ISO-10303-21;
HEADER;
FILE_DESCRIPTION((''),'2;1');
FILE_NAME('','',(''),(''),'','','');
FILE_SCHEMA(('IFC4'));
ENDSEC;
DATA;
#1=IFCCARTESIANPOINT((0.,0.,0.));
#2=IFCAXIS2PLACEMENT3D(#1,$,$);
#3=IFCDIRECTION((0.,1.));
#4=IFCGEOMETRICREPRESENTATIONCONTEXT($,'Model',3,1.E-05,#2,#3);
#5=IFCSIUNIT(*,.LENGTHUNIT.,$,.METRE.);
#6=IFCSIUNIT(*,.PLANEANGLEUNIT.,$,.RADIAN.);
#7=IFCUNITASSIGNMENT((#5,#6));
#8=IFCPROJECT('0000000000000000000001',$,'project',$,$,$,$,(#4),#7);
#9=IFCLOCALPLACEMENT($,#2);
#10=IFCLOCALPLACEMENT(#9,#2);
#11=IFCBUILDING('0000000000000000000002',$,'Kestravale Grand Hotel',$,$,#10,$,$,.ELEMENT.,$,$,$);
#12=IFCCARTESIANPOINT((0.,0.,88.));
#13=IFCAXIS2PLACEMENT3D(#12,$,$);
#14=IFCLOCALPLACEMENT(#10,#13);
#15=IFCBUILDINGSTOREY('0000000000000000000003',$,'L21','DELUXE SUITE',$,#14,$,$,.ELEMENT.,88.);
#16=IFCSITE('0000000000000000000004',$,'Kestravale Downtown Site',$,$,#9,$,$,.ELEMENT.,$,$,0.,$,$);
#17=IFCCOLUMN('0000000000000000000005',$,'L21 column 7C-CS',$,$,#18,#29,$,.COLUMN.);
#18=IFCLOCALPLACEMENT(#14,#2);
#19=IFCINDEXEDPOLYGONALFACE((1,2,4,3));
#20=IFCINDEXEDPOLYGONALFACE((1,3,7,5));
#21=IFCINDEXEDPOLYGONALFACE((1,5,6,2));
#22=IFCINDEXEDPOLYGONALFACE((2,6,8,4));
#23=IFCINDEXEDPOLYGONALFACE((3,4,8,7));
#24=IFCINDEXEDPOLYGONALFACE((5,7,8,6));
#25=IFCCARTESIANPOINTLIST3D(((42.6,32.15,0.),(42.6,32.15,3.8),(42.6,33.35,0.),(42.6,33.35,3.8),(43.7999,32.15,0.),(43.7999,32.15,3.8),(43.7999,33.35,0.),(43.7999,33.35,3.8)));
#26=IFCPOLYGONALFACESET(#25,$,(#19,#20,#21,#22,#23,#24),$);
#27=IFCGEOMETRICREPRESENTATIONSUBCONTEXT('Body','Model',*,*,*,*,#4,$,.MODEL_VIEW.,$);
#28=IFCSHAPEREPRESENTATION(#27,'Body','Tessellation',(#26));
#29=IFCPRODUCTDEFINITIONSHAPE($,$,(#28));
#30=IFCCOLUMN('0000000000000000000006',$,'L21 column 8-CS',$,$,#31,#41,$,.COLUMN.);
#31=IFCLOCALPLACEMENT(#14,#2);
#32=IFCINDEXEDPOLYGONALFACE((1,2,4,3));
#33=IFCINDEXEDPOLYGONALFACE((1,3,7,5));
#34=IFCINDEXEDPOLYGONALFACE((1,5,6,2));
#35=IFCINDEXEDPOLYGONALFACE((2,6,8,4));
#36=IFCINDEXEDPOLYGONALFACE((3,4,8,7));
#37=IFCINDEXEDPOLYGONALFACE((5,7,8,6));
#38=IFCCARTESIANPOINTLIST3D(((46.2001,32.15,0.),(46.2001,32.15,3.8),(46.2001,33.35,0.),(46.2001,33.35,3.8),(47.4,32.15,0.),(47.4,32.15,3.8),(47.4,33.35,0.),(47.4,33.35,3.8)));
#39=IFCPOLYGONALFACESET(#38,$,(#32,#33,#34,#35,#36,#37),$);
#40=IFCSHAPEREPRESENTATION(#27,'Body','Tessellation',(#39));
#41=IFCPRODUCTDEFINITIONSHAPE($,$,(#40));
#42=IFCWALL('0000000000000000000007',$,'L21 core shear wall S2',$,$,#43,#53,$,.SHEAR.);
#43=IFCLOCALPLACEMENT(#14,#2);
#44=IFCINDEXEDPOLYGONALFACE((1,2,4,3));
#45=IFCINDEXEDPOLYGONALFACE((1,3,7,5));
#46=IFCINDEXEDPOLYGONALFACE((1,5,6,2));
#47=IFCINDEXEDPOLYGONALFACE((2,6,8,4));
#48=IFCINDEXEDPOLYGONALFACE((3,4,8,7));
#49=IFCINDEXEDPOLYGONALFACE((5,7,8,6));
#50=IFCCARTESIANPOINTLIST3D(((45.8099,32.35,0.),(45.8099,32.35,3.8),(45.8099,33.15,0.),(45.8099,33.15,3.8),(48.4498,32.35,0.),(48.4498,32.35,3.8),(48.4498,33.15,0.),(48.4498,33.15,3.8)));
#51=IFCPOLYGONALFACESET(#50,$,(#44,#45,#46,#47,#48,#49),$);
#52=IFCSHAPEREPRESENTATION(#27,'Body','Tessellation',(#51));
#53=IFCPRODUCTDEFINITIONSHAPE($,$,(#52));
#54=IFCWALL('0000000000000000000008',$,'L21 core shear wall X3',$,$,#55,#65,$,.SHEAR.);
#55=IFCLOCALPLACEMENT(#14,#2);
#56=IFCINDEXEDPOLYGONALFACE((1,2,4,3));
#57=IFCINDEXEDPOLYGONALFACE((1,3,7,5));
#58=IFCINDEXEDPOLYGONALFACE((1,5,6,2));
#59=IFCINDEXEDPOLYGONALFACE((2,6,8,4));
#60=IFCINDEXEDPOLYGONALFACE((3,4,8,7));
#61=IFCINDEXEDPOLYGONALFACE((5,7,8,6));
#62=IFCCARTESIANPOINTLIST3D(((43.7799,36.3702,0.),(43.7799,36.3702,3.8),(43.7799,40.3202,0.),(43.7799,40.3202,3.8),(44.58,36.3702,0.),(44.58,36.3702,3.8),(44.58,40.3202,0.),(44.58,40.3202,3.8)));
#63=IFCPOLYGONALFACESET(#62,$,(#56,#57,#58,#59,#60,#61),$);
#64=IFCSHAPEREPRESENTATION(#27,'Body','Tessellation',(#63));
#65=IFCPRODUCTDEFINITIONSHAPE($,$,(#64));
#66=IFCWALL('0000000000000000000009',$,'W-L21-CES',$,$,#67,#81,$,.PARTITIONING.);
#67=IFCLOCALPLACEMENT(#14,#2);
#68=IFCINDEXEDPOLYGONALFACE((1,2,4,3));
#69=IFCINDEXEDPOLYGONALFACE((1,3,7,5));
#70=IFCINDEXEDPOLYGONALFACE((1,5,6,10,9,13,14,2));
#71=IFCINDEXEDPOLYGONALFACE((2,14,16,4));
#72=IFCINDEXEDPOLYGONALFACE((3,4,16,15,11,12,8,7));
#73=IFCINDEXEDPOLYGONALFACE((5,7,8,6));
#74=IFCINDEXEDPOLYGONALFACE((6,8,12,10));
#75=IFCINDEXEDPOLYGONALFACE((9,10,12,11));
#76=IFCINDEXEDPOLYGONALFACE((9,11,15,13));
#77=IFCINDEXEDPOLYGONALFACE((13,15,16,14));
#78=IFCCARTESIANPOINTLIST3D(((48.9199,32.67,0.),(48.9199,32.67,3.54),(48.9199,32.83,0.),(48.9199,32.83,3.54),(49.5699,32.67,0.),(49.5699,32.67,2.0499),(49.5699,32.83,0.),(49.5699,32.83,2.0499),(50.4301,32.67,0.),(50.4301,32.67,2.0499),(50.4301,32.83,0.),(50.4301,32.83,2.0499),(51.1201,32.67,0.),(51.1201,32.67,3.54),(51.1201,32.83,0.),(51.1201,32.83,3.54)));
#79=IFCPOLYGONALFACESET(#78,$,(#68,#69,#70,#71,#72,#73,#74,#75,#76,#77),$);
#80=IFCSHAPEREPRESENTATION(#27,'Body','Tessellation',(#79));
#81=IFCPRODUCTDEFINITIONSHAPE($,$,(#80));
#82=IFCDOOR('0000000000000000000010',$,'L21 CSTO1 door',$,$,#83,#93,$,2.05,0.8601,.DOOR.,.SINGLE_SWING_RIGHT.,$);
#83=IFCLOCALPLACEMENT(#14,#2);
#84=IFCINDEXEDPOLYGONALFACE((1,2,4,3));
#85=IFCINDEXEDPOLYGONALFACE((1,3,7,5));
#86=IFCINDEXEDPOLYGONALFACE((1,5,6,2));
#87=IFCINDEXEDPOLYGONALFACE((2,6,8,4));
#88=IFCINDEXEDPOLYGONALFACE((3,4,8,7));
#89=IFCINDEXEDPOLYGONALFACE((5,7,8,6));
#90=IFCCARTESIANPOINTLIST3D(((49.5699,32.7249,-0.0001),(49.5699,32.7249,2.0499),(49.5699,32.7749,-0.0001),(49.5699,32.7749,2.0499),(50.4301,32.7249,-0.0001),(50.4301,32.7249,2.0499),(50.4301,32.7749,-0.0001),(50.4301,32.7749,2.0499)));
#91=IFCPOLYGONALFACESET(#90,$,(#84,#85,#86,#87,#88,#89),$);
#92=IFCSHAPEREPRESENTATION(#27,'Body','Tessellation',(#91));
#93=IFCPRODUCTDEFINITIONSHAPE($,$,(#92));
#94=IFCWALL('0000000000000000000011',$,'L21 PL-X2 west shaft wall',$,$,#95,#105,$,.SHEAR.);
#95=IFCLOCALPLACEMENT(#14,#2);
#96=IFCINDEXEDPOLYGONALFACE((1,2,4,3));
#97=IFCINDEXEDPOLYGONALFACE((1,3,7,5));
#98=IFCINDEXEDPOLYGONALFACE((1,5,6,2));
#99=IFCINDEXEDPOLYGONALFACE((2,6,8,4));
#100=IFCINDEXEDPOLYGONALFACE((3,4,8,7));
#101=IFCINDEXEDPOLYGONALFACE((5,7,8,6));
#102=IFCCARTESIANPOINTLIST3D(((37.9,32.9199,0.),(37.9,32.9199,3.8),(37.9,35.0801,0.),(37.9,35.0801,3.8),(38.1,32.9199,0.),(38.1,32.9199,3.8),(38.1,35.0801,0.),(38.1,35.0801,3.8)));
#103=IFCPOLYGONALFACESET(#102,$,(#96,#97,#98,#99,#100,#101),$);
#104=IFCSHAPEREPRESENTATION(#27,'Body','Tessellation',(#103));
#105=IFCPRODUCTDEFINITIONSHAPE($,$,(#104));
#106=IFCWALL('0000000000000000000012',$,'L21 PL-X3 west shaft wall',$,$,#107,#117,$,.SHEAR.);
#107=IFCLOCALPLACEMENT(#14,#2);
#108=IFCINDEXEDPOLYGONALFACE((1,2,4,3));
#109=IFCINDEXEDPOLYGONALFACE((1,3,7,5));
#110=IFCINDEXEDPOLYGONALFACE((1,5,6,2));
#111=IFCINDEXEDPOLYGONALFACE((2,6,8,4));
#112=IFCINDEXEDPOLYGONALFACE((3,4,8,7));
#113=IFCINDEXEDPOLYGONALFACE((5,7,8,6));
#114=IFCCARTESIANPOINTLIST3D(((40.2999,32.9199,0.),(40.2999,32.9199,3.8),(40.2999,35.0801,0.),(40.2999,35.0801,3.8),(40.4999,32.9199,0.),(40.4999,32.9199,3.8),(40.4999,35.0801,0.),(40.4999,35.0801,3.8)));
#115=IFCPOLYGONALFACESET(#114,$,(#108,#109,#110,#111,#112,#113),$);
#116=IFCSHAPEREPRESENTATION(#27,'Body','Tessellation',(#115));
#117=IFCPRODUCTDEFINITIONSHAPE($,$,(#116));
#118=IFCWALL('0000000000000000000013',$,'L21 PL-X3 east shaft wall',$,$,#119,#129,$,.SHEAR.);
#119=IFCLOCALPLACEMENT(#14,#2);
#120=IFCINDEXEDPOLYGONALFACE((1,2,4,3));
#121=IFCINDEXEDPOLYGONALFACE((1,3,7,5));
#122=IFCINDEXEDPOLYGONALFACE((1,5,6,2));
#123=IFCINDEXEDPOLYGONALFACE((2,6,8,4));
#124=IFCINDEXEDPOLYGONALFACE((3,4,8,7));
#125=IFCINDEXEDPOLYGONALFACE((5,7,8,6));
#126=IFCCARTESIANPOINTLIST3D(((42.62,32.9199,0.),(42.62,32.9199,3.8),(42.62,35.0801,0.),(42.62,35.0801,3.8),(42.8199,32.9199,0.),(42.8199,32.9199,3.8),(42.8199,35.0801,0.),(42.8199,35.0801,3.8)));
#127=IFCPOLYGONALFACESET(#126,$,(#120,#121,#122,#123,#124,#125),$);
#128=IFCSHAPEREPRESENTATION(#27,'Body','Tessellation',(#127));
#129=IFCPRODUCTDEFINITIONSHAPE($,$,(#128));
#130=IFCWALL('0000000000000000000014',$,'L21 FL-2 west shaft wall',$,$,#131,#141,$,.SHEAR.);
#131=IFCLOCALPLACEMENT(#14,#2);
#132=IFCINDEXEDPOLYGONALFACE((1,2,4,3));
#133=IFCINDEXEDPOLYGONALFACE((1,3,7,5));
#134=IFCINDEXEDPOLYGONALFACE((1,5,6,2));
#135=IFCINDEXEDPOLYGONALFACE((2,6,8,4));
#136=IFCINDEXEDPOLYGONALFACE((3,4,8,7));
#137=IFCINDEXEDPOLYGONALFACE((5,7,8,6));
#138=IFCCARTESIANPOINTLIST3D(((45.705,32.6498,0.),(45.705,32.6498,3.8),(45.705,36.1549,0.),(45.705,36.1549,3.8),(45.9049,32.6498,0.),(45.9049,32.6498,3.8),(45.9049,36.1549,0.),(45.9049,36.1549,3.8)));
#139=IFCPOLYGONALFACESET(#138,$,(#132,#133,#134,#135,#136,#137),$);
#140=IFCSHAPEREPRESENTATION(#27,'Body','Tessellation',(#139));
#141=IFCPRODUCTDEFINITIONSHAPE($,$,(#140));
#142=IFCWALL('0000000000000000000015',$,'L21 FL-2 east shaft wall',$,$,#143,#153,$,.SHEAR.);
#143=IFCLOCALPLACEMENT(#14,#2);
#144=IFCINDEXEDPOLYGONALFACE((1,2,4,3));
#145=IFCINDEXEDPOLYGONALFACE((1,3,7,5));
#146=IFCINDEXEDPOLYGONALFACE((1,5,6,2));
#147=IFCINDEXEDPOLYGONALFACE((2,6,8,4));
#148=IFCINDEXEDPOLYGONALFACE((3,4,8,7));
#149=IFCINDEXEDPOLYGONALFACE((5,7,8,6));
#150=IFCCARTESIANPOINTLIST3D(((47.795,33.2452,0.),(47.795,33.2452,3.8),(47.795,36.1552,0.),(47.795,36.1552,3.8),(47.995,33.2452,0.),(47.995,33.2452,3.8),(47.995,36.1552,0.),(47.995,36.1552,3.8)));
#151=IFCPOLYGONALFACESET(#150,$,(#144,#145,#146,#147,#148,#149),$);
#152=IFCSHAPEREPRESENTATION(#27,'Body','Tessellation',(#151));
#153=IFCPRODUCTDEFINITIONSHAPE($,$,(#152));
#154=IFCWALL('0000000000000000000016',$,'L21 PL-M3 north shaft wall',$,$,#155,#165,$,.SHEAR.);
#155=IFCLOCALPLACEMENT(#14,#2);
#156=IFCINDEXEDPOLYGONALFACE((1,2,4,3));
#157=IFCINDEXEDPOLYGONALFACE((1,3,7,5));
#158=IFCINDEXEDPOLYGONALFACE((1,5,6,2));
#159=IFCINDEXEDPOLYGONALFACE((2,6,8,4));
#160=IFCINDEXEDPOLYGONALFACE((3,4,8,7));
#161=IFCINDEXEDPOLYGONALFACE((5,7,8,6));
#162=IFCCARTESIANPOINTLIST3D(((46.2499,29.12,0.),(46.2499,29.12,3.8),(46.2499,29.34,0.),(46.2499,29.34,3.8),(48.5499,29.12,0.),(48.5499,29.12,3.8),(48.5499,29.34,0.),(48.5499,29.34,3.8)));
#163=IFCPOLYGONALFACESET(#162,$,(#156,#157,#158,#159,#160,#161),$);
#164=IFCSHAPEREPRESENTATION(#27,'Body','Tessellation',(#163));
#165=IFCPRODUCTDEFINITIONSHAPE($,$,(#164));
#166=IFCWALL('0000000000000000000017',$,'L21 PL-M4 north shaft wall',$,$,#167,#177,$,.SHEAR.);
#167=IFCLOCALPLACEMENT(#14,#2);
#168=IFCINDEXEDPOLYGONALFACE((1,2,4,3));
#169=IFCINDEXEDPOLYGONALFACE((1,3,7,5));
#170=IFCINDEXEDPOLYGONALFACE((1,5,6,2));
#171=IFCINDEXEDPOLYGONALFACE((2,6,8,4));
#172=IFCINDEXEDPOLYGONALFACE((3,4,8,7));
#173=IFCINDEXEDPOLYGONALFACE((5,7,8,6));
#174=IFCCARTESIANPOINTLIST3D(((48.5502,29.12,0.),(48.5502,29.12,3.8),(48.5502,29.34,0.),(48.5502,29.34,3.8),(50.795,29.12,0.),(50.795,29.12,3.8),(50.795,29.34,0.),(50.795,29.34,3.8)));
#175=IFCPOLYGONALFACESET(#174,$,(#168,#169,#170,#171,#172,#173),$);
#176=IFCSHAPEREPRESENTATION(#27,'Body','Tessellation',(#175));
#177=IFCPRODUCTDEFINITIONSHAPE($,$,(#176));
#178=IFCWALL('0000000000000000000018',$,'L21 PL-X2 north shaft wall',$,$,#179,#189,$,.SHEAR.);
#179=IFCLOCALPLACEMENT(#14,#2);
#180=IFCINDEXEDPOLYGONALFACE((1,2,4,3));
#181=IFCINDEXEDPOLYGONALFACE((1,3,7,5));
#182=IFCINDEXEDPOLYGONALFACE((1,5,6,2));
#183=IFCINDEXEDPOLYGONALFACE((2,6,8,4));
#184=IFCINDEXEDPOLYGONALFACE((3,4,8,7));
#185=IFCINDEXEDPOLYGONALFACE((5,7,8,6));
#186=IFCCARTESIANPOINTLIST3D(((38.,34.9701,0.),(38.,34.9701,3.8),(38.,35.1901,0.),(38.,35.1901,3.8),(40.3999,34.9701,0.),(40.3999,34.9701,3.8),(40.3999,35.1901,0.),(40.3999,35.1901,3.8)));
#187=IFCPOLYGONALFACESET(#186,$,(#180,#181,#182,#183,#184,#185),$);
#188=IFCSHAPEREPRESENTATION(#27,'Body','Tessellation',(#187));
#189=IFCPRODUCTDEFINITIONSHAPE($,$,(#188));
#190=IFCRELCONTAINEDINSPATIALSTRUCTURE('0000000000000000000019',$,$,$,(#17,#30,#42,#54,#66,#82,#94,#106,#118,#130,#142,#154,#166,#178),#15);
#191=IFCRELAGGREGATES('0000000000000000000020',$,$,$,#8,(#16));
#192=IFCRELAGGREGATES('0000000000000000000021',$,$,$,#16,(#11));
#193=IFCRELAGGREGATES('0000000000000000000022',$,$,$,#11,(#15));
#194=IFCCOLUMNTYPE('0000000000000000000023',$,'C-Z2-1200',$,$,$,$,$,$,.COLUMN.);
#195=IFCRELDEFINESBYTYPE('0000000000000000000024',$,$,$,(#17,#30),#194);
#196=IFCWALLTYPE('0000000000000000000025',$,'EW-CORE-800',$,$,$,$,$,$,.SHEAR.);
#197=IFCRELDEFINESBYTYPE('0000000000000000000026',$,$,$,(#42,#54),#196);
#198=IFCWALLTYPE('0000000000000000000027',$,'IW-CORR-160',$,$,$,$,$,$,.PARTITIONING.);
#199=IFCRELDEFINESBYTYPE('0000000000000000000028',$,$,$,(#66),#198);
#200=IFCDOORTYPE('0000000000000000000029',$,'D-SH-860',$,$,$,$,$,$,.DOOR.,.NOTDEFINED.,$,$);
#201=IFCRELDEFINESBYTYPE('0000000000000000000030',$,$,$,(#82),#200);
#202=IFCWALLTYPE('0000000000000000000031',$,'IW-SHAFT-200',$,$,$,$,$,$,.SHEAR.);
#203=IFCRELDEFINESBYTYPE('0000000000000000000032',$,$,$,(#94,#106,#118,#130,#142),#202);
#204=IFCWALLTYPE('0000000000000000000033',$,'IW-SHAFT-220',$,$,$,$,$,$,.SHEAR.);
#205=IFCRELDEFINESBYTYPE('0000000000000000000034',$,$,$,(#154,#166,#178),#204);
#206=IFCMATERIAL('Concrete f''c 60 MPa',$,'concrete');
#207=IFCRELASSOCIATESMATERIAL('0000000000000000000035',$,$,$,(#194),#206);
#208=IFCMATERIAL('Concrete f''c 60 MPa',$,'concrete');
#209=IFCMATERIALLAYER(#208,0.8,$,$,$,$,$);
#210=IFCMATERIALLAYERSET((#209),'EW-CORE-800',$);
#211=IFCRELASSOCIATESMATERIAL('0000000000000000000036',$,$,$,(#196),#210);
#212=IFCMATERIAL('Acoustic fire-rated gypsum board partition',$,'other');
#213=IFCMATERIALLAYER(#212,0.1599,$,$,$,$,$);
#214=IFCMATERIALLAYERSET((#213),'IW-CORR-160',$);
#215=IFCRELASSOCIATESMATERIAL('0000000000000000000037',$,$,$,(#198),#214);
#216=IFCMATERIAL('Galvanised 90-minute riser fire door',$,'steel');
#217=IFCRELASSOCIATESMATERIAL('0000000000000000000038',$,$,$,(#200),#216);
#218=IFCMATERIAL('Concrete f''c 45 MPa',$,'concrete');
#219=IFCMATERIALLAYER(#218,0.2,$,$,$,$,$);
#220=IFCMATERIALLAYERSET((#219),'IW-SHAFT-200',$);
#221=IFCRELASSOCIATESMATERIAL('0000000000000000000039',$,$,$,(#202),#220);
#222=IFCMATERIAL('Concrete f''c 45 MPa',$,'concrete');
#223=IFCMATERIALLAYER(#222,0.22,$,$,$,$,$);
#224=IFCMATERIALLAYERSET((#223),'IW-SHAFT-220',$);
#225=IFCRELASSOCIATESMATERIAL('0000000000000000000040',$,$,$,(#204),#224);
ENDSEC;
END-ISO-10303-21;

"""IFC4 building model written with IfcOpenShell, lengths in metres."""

from ifc_helpers import new_model, si_unit, direction, frame, frame_2d, origin, origin_2d, place, context, subcontext, project, spatial, rectangle, extrude, material, layer, layer_set, material_profile, profile_set, type_object, element, fill, save


model = new_model("IFC4")

# Units and contexts
model_context = context("Model", 3, precision=1e-05, world=origin(), true_north=direction((0.0, 1.0)))
body_context = subcontext(model_context, "Body", "Model", "MODEL_VIEW")
ifc_project = project(units=[si_unit("LENGTHUNIT", "METRE"), si_unit("PLANEANGLEUNIT", "RADIAN")], contexts=[model_context])

# Site, building, storey
site_placement = place(None, origin())
site = spatial("IfcSite", under=ifc_project, at=site_placement, Name="Kestravale Downtown Site", CompositionType="ELEMENT", RefElevation=0.0)
building_placement = place(site_placement, origin())
building = spatial("IfcBuilding", under=site, at=building_placement, Name="Kestravale Grand Hotel", CompositionType="ELEMENT")
storey_placement = place(building_placement, frame((0.0, 0.0, 88.0)))
storey = spatial("IfcBuildingStorey", under=building, at=storey_placement, Name="L21", Description="DELUXE SUITE", CompositionType="ELEMENT", Elevation=88.0)

# Columns
ifc_material_1 = material(Name="Concrete f'c 60 MPa", Category="concrete")
ifc_material_profile = material_profile(ifc_material_1, rectangle(XDim=1.2, YDim=1.2, at=origin_2d()))
ifc_profile_set = profile_set([ifc_material_profile], Name="Concrete f'c 60 MPa")
column_type = type_object("IfcColumnType", Name="C-Z2-1200", PredefinedType="COLUMN", material=ifc_profile_set)
for number, where, z_axis, x_axis, name in (
    (1, (43.2, 32.75, 0.0), (0.0, 0.0, 1.0), (1.0, 0.0, 0.0), "L21 column 7C-CS"),
    (2, (46.8, 32.75, 0.0), (0.0, 0.0, 1.0), (1.0, 0.0, 0.0), "L21 column 8-CS"),
):
    element("IfcColumn", number, at=place(storey_placement, frame(where, z_axis=z_axis, x_axis=x_axis)), inside=storey, type_object=column_type, Name=name, PredefinedType="COLUMN", context=body_context, shape_type="SweptSolid", body=[
        extrude(rectangle(XDim=1.2, YDim=1.2, at=origin_2d()), origin(), (0.0, 0.0, 1.0), 3.8),
    ])

# Walls
ifc_material_2 = material(Name="Concrete f'c 60 MPa", Category="concrete")
ifc_layer_1 = layer(ifc_material_2, 0.8)
ifc_layer_set_1 = layer_set([ifc_layer_1], Name="EW-CORE-800")
wall_type_1 = type_object("IfcWallType", Name="EW-CORE-800", PredefinedType="SHEAR", material=ifc_layer_set_1)
wall_1_placement = place(storey_placement, frame((45.8101, 32.75, 0.0), z_axis=(0.0, 0.0, 1.0), x_axis=(1.0, 0.0, 0.0)))
element("IfcWall", 3, at=wall_1_placement, inside=storey, type_object=wall_type_1, Name="L21 core shear wall S2", PredefinedType="SHEAR", context=body_context, shape_type="SweptSolid", body=[
    extrude(rectangle(XDim=2.6399, YDim=0.8, at=frame_2d((1.3198, 0.0))), origin(), (0.0, 0.0, 1.0), 3.8),
])
wall_2_placement = place(storey_placement, frame((44.1799, 36.3701, 0.0), z_axis=(0.0, 0.0, 1.0), x_axis=(0.0, 1.0, 0.0)))
element("IfcWall", 4, at=wall_2_placement, inside=storey, type_object=wall_type_1, Name="L21 core shear wall X3", PredefinedType="SHEAR", context=body_context, shape_type="SweptSolid", body=[
    extrude(rectangle(XDim=3.95, YDim=0.8, at=frame_2d((1.9751, 0.0))), origin(), (0.0, 0.0, 1.0), 3.8),
])

# Wall, opening, door
ifc_material_3 = material(Name="Acoustic fire-rated gypsum board partition", Category="other")
ifc_layer_2 = layer(ifc_material_3, 0.1599)
ifc_layer_set_2 = layer_set([ifc_layer_2], Name="IW-CORR-160")
wall_type_2 = type_object("IfcWallType", Name="IW-CORR-160", PredefinedType="PARTITIONING", material=ifc_layer_set_2)
wall_3_placement = place(storey_placement, frame((48.9199, 32.75, 0.0), z_axis=(0.0, 0.0, 1.0), x_axis=(1.0, 0.0, 0.0)))
wall_3 = element("IfcWall", 5, at=wall_3_placement, inside=storey, type_object=wall_type_2, Name="W-L21-CES", PredefinedType="PARTITIONING", context=body_context, shape_type="SweptSolid", body=[
    extrude(rectangle(XDim=2.2002, YDim=0.1599, at=frame_2d((1.1001, 0.0))), origin(), (0.0, 0.0, 1.0), 3.54),
])
opening_1_placement = place(wall_3_placement, frame((0.6499, 0.0, 0.0)))
opening_1 = element("IfcOpeningElement", 6, at=opening_1_placement, cuts=wall_3, PredefinedType="OPENING", context=body_context, shape_type="SweptSolid", body=[
    extrude(rectangle(XDim=0.8601, YDim=2.05, at=frame_2d((0.4302, 1.0249))), frame((0.0, 0.0898, 0.0), z_axis=(0.0, -1.0, 0.0), x_axis=(1.0, 0.0, 0.0)), (0.0, 0.0, 1.0), 0.1799),
])
ifc_material_4 = material(Name="Galvanised 90-minute riser fire door", Category="steel")
door_type_1 = type_object("IfcDoorType", Name="D-SH-860", OperationType="NOTDEFINED", PredefinedType="DOOR", material=ifc_material_4)
door_1_placement = place(opening_1_placement, origin())
door_1 = element("IfcDoor", 7, at=door_1_placement, inside=storey, type_object=door_type_1, Name="L21 CSTO1 door", OperationType="SINGLE_SWING_RIGHT", OverallHeight=2.05, OverallWidth=0.8601, PredefinedType="DOOR", context=body_context, shape_type="SweptSolid", body=[
    extrude(rectangle(XDim=0.8601, YDim=2.05, at=frame_2d((0.4302, 1.0249))), frame((0.0, 0.0249, 0.0), z_axis=(0.0, -1.0, 0.0), x_axis=(1.0, 0.0, 0.0)), (0.0, 0.0, 1.0), 0.05),
])
fill(opening_1, door_1)

# Walls
ifc_material_5 = material(Name="Concrete f'c 45 MPa", Category="concrete")
ifc_layer_3 = layer(ifc_material_5, 0.2)
ifc_layer_set_3 = layer_set([ifc_layer_3], Name="IW-SHAFT-200")
wall_type_3 = type_object("IfcWallType", Name="IW-SHAFT-200", PredefinedType="SHEAR", material=ifc_layer_set_3)
for number, where, z_axis, x_axis, name in (
    (8, (38.0, 32.9199, 0.0), (0.0, 0.0, 1.0), (0.0, 1.0, 0.0), "L21 PL-X2 west shaft wall"),
    (9, (40.3999, 32.9199, 0.0), (0.0, 0.0, 1.0), (0.0, 1.0, 0.0), "L21 PL-X3 west shaft wall"),
    (10, (42.72, 32.9199, 0.0), (0.0, 0.0, 1.0), (0.0, 1.0, 0.0), "L21 PL-X3 east shaft wall"),
):
    element("IfcWall", number, at=place(storey_placement, frame(where, z_axis=z_axis, x_axis=x_axis)), inside=storey, type_object=wall_type_3, Name=name, PredefinedType="SHEAR", context=body_context, shape_type="SweptSolid", body=[
        extrude(rectangle(XDim=2.1602, YDim=0.2, at=frame_2d((1.0801, 0.0))), origin(), (0.0, 0.0, 1.0), 3.8),
    ])
wall_4_placement = place(storey_placement, frame((45.8049, 32.6499, 0.0), z_axis=(0.0, 0.0, 1.0), x_axis=(0.0, 1.0, 0.0)))
element("IfcWall", 11, at=wall_4_placement, inside=storey, type_object=wall_type_3, Name="L21 FL-2 west shaft wall", PredefinedType="SHEAR", context=body_context, shape_type="SweptSolid", body=[
    extrude(rectangle(XDim=3.5051, YDim=0.2, at=frame_2d((1.7524, 0.0))), origin(), (0.0, 0.0, 1.0), 3.8),
])
wall_5_placement = place(storey_placement, frame((47.895, 33.2451, 0.0), z_axis=(0.0, 0.0, 1.0), x_axis=(0.0, 1.0, 0.0)))
element("IfcWall", 12, at=wall_5_placement, inside=storey, type_object=wall_type_3, Name="L21 FL-2 east shaft wall", PredefinedType="SHEAR", context=body_context, shape_type="SweptSolid", body=[
    extrude(rectangle(XDim=2.9099, YDim=0.2, at=frame_2d((1.4551, 0.0))), origin(), (0.0, 0.0, 1.0), 3.8),
])
ifc_material_6 = material(Name="Concrete f'c 45 MPa", Category="concrete")
ifc_layer_4 = layer(ifc_material_6, 0.22)
ifc_layer_set_4 = layer_set([ifc_layer_4], Name="IW-SHAFT-220")
wall_type_4 = type_object("IfcWallType", Name="IW-SHAFT-220", PredefinedType="SHEAR", material=ifc_layer_set_4)
wall_6_placement = place(storey_placement, frame((46.25, 29.23, 0.0), z_axis=(0.0, 0.0, 1.0), x_axis=(1.0, 0.0, 0.0)))
element("IfcWall", 13, at=wall_6_placement, inside=storey, type_object=wall_type_4, Name="L21 PL-M3 north shaft wall", PredefinedType="SHEAR", context=body_context, shape_type="SweptSolid", body=[
    extrude(rectangle(XDim=2.3, YDim=0.22, at=frame_2d((1.1499, 0.0))), origin(), (0.0, 0.0, 1.0), 3.8),
])
wall_7_placement = place(storey_placement, frame((48.55, 29.23, 0.0), z_axis=(0.0, 0.0, 1.0), x_axis=(1.0, 0.0, 0.0)))
element("IfcWall", 14, at=wall_7_placement, inside=storey, type_object=wall_type_4, Name="L21 PL-M4 north shaft wall", PredefinedType="SHEAR", context=body_context, shape_type="SweptSolid", body=[
    extrude(rectangle(XDim=2.2449, YDim=0.22, at=frame_2d((1.1226, 0.0))), origin(), (0.0, 0.0, 1.0), 3.8),
])
for number, where, z_axis, x_axis, name in (
    (15, (38.0, 35.0801, 0.0), (0.0, 0.0, 1.0), (1.0, 0.0, 0.0), "L21 PL-X2 north shaft wall"),
):
    element("IfcWall", number, at=place(storey_placement, frame(where, z_axis=z_axis, x_axis=x_axis)), inside=storey, type_object=wall_type_4, Name=name, PredefinedType="SHEAR", context=body_context, shape_type="SweptSolid", body=[
        extrude(rectangle(XDim=2.3999, YDim=0.22, at=frame_2d((1.2, 0.0))), origin(), (0.0, 0.0, 1.0), 3.8),
    ])

save(model, "model.ifc")
